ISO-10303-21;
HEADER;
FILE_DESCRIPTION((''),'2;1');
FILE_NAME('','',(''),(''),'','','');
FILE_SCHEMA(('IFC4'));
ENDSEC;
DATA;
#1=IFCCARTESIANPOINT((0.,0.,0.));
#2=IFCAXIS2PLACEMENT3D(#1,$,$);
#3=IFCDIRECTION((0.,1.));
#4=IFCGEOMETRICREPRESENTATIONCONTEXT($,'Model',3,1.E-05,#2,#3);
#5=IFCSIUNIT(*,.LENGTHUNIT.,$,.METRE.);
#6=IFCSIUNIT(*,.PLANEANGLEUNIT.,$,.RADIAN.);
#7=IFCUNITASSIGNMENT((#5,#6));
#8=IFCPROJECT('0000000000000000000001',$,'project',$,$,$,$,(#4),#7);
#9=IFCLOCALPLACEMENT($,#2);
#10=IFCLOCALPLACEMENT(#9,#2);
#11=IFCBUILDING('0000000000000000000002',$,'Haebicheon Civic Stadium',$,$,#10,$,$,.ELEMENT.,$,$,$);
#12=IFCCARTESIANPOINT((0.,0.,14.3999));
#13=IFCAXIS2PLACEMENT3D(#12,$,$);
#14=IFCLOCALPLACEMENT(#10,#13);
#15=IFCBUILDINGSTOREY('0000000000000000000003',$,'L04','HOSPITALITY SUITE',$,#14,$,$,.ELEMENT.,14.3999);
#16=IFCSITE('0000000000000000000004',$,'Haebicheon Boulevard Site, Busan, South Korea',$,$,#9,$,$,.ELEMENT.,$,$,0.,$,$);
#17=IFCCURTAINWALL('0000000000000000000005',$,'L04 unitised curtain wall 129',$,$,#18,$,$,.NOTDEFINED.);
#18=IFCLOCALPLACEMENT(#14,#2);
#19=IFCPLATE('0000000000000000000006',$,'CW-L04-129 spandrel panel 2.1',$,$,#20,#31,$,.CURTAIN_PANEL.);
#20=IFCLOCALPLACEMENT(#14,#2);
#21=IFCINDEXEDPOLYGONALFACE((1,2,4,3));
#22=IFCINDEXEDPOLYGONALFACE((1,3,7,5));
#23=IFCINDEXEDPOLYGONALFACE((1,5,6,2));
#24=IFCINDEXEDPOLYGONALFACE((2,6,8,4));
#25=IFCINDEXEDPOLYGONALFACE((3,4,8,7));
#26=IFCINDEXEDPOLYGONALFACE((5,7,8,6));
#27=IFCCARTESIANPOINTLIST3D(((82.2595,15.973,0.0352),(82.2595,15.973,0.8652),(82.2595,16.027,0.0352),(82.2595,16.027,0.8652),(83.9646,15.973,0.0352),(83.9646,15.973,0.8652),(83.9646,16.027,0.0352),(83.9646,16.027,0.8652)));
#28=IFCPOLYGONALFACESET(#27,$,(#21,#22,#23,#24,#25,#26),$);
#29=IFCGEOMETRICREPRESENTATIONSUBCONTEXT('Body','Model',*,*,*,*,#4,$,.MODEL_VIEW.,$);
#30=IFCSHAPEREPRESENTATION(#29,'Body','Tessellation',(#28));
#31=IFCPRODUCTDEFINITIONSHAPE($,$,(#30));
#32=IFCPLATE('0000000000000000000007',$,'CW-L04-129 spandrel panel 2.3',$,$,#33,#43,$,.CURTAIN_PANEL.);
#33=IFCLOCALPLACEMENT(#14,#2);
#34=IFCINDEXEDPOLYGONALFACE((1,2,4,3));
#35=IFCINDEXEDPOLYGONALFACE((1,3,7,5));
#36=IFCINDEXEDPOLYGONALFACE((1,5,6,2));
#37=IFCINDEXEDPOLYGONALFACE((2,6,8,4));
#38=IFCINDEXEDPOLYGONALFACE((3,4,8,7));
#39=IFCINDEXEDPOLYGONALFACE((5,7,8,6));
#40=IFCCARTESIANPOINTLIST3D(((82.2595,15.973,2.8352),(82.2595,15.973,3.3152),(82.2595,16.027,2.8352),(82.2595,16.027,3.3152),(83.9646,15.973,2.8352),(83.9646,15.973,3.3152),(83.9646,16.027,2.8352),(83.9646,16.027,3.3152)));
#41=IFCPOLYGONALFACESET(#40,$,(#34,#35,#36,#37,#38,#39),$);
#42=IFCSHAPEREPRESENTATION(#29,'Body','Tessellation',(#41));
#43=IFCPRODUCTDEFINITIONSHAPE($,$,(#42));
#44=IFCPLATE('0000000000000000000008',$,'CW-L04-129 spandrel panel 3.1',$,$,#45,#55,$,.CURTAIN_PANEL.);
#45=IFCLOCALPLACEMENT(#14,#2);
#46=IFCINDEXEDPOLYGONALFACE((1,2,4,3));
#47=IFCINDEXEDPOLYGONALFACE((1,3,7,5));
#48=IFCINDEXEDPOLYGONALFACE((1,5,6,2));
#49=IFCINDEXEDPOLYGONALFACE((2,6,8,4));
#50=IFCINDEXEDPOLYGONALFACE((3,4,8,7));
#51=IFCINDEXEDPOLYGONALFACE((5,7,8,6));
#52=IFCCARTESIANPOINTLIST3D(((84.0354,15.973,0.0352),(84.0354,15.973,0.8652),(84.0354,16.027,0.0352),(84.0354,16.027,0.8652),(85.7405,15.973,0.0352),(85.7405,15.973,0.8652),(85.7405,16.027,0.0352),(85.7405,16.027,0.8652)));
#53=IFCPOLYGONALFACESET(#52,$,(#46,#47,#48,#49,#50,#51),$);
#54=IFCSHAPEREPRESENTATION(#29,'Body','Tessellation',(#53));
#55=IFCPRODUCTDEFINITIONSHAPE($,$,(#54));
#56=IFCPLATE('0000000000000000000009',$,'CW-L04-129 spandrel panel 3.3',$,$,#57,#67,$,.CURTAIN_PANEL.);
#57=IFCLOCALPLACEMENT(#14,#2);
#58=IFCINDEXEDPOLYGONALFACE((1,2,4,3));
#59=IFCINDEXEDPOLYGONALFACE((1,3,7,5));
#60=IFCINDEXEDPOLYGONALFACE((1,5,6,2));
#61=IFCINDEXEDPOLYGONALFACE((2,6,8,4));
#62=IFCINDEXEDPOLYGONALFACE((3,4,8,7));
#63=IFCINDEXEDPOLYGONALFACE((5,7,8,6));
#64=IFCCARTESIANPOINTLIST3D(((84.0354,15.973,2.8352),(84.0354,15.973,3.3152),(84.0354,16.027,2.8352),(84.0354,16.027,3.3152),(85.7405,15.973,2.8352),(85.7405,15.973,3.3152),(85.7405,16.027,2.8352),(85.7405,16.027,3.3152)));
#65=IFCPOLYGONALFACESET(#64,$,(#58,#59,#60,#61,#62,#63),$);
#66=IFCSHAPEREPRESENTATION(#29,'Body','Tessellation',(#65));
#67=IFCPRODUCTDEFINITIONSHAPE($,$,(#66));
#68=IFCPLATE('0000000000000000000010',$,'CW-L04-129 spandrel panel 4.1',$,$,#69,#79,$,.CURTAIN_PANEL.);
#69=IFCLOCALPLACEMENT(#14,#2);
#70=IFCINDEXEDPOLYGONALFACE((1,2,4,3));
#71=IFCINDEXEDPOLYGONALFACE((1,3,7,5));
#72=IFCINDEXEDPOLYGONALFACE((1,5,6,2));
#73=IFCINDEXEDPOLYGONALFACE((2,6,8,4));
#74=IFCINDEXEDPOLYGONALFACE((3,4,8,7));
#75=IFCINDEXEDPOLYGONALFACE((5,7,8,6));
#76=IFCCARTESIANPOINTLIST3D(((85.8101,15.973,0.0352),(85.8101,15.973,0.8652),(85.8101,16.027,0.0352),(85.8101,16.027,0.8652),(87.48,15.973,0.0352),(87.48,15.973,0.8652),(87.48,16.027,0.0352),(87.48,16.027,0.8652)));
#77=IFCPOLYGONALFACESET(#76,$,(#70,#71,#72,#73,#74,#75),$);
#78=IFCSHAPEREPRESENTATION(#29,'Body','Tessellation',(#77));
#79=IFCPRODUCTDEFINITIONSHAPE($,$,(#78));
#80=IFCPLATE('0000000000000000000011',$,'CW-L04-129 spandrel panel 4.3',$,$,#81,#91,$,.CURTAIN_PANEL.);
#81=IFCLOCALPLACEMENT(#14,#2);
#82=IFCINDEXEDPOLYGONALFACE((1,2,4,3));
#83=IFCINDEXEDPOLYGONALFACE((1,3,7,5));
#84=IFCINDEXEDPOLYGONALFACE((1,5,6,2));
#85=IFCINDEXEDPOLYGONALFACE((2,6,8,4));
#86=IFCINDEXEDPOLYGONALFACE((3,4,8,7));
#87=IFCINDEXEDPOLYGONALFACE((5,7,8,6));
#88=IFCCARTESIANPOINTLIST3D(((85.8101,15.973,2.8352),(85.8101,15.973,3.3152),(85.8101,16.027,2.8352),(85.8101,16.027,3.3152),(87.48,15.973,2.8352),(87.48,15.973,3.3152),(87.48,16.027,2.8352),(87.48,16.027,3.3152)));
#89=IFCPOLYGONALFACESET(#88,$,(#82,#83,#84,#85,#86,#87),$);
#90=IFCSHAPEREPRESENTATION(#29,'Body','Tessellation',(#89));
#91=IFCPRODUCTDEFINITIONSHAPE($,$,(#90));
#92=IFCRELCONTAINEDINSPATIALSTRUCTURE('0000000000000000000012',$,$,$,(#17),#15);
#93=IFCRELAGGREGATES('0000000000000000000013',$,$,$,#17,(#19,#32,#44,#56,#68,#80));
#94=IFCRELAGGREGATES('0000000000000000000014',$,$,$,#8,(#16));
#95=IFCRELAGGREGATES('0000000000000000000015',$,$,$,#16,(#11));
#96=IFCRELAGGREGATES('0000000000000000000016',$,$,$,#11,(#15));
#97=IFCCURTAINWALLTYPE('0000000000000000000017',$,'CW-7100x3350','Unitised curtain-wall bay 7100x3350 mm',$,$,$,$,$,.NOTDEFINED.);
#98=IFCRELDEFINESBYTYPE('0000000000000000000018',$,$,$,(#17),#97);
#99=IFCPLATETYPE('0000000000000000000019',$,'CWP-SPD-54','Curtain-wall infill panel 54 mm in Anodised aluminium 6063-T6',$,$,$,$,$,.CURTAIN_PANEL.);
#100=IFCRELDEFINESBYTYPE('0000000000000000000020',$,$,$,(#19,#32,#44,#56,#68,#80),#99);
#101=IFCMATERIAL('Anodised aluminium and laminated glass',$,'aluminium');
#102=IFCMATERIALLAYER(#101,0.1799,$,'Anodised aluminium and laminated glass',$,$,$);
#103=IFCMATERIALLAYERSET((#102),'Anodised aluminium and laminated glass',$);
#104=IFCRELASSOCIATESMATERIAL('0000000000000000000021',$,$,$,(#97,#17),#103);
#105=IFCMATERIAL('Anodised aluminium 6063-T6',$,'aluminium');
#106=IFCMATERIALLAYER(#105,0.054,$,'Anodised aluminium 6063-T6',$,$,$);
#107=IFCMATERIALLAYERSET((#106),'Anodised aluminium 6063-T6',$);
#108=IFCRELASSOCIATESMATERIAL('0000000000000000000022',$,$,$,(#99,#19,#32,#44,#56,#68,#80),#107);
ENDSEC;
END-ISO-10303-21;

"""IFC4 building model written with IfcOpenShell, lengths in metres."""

from ifc_helpers import new_model, si_unit, direction, frame, origin, origin_2d, place, context, subcontext, project, spatial, rectangle, extrude, material, layer, layer_set, type_object, element, aggregate, save


model = new_model("IFC4")

# Units and contexts
model_context = context("Model", 3, precision=1e-05, world=origin(), true_north=direction((0.0, 1.0)))
body_context = subcontext(model_context, "Body", "Model", "MODEL_VIEW")
ifc_project = project(units=[si_unit("LENGTHUNIT", "METRE"), si_unit("PLANEANGLEUNIT", "RADIAN")], contexts=[model_context])

# Site, building, storey
site_placement = place(None, origin())
site = spatial("IfcSite", under=ifc_project, at=site_placement, Name="Haebicheon Boulevard Site, Busan, South Korea", CompositionType="ELEMENT", RefElevation=0.0)
building_placement = place(site_placement, origin())
building = spatial("IfcBuilding", under=site, at=building_placement, Name="Haebicheon Civic Stadium", CompositionType="ELEMENT")
storey_placement = place(building_placement, frame((0.0, 0.0, 14.3999)))
storey = spatial("IfcBuildingStorey", under=building, at=storey_placement, Name="L04", Description="HOSPITALITY SUITE", CompositionType="ELEMENT", Elevation=14.3999)

# Curtain wall, plates
ifc_material_1 = material(Name="Anodised aluminium and laminated glass", Category="aluminium")
ifc_layer_1 = layer(ifc_material_1, 0.1799, Name="Anodised aluminium and laminated glass")
ifc_layer_set_1 = layer_set([ifc_layer_1], Name="Anodised aluminium and laminated glass")
curtain_wall_type = type_object("IfcCurtainWallType", Name="CW-7100x3350", Description="Unitised curtain-wall bay 7100x3350 mm", PredefinedType="NOTDEFINED", material=ifc_layer_set_1)
curtain_wall_placement = place(storey_placement, origin())
curtain_wall = element("IfcCurtainWall", 1, at=curtain_wall_placement, inside=storey, type_object=curtain_wall_type, material=ifc_layer_set_1, Name="L04 unitised curtain wall 129", PredefinedType="NOTDEFINED")
ifc_material_2 = material(Name="Anodised aluminium 6063-T6", Category="aluminium")
ifc_layer_2 = layer(ifc_material_2, 0.054, Name="Anodised aluminium 6063-T6")
ifc_layer_set_2 = layer_set([ifc_layer_2], Name="Anodised aluminium 6063-T6")
plate_type_1 = type_object("IfcPlateType", Name="CWP-SPD-54", Description="Curtain-wall infill panel 54 mm in Anodised aluminium 6063-T6", PredefinedType="CURTAIN_PANEL", material=ifc_layer_set_2)
plate_1_placement = place(storey_placement, frame((83.1121, 16.0, 0.0352), z_axis=(0.0, 0.0, 1.0), x_axis=(1.0, 0.0, 0.0)))
plate_1 = element("IfcPlate", 2, at=plate_1_placement, type_object=plate_type_1, material=ifc_layer_set_2, Name="CW-L04-129 spandrel panel 2.1", PredefinedType="CURTAIN_PANEL", context=body_context, shape_type="SweptSolid", body=[
    extrude(rectangle(XDim=1.7051, YDim=0.054, at=origin_2d()), origin(), (0.0, 0.0, 1.0), 0.8301),
])
plate_2_placement = place(storey_placement, frame((83.1121, 16.0, 2.8352), z_axis=(0.0, 0.0, 1.0), x_axis=(1.0, 0.0, 0.0)))
plate_2 = element("IfcPlate", 3, at=plate_2_placement, type_object=plate_type_1, material=ifc_layer_set_2, Name="CW-L04-129 spandrel panel 2.3", PredefinedType="CURTAIN_PANEL", context=body_context, shape_type="SweptSolid", body=[
    extrude(rectangle(XDim=1.7051, YDim=0.054, at=origin_2d()), origin(), (0.0, 0.0, 1.0), 0.48),
])
plate_3_placement = place(storey_placement, frame((84.8879, 16.0, 0.0352), z_axis=(0.0, 0.0, 1.0), x_axis=(1.0, 0.0, 0.0)))
plate_3 = element("IfcPlate", 4, at=plate_3_placement, type_object=plate_type_1, material=ifc_layer_set_2, Name="CW-L04-129 spandrel panel 3.1", PredefinedType="CURTAIN_PANEL", context=body_context, shape_type="SweptSolid", body=[
    extrude(rectangle(XDim=1.7051, YDim=0.054, at=origin_2d()), origin(), (0.0, 0.0, 1.0), 0.8301),
])
plate_4_placement = place(storey_placement, frame((84.8879, 16.0, 2.8352), z_axis=(0.0, 0.0, 1.0), x_axis=(1.0, 0.0, 0.0)))
plate_4 = element("IfcPlate", 5, at=plate_4_placement, type_object=plate_type_1, material=ifc_layer_set_2, Name="CW-L04-129 spandrel panel 3.3", PredefinedType="CURTAIN_PANEL", context=body_context, shape_type="SweptSolid", body=[
    extrude(rectangle(XDim=1.7051, YDim=0.054, at=origin_2d()), origin(), (0.0, 0.0, 1.0), 0.48),
])
plate_5_placement = place(storey_placement, frame((86.645, 16.0, 0.0352), z_axis=(0.0, 0.0, 1.0), x_axis=(1.0, 0.0, 0.0)))
plate_5 = element("IfcPlate", 6, at=plate_5_placement, type_object=plate_type_1, material=ifc_layer_set_2, Name="CW-L04-129 spandrel panel 4.1", PredefinedType="CURTAIN_PANEL", context=body_context, shape_type="SweptSolid", body=[
    extrude(rectangle(XDim=1.6699, YDim=0.054, at=origin_2d()), origin(), (0.0, 0.0, 1.0), 0.8301),
])
plate_6_placement = place(storey_placement, frame((86.645, 16.0, 2.8352), z_axis=(0.0, 0.0, 1.0), x_axis=(1.0, 0.0, 0.0)))
plate_6 = element("IfcPlate", 7, at=plate_6_placement, type_object=plate_type_1, material=ifc_layer_set_2, Name="CW-L04-129 spandrel panel 4.3", PredefinedType="CURTAIN_PANEL", context=body_context, shape_type="SweptSolid", body=[
    extrude(rectangle(XDim=1.6699, YDim=0.054, at=origin_2d()), origin(), (0.0, 0.0, 1.0), 0.48),
])
aggregate(curtain_wall, [plate_1, plate_2, plate_3, plate_4, plate_5, plate_6])

save(model, "model.ifc")
